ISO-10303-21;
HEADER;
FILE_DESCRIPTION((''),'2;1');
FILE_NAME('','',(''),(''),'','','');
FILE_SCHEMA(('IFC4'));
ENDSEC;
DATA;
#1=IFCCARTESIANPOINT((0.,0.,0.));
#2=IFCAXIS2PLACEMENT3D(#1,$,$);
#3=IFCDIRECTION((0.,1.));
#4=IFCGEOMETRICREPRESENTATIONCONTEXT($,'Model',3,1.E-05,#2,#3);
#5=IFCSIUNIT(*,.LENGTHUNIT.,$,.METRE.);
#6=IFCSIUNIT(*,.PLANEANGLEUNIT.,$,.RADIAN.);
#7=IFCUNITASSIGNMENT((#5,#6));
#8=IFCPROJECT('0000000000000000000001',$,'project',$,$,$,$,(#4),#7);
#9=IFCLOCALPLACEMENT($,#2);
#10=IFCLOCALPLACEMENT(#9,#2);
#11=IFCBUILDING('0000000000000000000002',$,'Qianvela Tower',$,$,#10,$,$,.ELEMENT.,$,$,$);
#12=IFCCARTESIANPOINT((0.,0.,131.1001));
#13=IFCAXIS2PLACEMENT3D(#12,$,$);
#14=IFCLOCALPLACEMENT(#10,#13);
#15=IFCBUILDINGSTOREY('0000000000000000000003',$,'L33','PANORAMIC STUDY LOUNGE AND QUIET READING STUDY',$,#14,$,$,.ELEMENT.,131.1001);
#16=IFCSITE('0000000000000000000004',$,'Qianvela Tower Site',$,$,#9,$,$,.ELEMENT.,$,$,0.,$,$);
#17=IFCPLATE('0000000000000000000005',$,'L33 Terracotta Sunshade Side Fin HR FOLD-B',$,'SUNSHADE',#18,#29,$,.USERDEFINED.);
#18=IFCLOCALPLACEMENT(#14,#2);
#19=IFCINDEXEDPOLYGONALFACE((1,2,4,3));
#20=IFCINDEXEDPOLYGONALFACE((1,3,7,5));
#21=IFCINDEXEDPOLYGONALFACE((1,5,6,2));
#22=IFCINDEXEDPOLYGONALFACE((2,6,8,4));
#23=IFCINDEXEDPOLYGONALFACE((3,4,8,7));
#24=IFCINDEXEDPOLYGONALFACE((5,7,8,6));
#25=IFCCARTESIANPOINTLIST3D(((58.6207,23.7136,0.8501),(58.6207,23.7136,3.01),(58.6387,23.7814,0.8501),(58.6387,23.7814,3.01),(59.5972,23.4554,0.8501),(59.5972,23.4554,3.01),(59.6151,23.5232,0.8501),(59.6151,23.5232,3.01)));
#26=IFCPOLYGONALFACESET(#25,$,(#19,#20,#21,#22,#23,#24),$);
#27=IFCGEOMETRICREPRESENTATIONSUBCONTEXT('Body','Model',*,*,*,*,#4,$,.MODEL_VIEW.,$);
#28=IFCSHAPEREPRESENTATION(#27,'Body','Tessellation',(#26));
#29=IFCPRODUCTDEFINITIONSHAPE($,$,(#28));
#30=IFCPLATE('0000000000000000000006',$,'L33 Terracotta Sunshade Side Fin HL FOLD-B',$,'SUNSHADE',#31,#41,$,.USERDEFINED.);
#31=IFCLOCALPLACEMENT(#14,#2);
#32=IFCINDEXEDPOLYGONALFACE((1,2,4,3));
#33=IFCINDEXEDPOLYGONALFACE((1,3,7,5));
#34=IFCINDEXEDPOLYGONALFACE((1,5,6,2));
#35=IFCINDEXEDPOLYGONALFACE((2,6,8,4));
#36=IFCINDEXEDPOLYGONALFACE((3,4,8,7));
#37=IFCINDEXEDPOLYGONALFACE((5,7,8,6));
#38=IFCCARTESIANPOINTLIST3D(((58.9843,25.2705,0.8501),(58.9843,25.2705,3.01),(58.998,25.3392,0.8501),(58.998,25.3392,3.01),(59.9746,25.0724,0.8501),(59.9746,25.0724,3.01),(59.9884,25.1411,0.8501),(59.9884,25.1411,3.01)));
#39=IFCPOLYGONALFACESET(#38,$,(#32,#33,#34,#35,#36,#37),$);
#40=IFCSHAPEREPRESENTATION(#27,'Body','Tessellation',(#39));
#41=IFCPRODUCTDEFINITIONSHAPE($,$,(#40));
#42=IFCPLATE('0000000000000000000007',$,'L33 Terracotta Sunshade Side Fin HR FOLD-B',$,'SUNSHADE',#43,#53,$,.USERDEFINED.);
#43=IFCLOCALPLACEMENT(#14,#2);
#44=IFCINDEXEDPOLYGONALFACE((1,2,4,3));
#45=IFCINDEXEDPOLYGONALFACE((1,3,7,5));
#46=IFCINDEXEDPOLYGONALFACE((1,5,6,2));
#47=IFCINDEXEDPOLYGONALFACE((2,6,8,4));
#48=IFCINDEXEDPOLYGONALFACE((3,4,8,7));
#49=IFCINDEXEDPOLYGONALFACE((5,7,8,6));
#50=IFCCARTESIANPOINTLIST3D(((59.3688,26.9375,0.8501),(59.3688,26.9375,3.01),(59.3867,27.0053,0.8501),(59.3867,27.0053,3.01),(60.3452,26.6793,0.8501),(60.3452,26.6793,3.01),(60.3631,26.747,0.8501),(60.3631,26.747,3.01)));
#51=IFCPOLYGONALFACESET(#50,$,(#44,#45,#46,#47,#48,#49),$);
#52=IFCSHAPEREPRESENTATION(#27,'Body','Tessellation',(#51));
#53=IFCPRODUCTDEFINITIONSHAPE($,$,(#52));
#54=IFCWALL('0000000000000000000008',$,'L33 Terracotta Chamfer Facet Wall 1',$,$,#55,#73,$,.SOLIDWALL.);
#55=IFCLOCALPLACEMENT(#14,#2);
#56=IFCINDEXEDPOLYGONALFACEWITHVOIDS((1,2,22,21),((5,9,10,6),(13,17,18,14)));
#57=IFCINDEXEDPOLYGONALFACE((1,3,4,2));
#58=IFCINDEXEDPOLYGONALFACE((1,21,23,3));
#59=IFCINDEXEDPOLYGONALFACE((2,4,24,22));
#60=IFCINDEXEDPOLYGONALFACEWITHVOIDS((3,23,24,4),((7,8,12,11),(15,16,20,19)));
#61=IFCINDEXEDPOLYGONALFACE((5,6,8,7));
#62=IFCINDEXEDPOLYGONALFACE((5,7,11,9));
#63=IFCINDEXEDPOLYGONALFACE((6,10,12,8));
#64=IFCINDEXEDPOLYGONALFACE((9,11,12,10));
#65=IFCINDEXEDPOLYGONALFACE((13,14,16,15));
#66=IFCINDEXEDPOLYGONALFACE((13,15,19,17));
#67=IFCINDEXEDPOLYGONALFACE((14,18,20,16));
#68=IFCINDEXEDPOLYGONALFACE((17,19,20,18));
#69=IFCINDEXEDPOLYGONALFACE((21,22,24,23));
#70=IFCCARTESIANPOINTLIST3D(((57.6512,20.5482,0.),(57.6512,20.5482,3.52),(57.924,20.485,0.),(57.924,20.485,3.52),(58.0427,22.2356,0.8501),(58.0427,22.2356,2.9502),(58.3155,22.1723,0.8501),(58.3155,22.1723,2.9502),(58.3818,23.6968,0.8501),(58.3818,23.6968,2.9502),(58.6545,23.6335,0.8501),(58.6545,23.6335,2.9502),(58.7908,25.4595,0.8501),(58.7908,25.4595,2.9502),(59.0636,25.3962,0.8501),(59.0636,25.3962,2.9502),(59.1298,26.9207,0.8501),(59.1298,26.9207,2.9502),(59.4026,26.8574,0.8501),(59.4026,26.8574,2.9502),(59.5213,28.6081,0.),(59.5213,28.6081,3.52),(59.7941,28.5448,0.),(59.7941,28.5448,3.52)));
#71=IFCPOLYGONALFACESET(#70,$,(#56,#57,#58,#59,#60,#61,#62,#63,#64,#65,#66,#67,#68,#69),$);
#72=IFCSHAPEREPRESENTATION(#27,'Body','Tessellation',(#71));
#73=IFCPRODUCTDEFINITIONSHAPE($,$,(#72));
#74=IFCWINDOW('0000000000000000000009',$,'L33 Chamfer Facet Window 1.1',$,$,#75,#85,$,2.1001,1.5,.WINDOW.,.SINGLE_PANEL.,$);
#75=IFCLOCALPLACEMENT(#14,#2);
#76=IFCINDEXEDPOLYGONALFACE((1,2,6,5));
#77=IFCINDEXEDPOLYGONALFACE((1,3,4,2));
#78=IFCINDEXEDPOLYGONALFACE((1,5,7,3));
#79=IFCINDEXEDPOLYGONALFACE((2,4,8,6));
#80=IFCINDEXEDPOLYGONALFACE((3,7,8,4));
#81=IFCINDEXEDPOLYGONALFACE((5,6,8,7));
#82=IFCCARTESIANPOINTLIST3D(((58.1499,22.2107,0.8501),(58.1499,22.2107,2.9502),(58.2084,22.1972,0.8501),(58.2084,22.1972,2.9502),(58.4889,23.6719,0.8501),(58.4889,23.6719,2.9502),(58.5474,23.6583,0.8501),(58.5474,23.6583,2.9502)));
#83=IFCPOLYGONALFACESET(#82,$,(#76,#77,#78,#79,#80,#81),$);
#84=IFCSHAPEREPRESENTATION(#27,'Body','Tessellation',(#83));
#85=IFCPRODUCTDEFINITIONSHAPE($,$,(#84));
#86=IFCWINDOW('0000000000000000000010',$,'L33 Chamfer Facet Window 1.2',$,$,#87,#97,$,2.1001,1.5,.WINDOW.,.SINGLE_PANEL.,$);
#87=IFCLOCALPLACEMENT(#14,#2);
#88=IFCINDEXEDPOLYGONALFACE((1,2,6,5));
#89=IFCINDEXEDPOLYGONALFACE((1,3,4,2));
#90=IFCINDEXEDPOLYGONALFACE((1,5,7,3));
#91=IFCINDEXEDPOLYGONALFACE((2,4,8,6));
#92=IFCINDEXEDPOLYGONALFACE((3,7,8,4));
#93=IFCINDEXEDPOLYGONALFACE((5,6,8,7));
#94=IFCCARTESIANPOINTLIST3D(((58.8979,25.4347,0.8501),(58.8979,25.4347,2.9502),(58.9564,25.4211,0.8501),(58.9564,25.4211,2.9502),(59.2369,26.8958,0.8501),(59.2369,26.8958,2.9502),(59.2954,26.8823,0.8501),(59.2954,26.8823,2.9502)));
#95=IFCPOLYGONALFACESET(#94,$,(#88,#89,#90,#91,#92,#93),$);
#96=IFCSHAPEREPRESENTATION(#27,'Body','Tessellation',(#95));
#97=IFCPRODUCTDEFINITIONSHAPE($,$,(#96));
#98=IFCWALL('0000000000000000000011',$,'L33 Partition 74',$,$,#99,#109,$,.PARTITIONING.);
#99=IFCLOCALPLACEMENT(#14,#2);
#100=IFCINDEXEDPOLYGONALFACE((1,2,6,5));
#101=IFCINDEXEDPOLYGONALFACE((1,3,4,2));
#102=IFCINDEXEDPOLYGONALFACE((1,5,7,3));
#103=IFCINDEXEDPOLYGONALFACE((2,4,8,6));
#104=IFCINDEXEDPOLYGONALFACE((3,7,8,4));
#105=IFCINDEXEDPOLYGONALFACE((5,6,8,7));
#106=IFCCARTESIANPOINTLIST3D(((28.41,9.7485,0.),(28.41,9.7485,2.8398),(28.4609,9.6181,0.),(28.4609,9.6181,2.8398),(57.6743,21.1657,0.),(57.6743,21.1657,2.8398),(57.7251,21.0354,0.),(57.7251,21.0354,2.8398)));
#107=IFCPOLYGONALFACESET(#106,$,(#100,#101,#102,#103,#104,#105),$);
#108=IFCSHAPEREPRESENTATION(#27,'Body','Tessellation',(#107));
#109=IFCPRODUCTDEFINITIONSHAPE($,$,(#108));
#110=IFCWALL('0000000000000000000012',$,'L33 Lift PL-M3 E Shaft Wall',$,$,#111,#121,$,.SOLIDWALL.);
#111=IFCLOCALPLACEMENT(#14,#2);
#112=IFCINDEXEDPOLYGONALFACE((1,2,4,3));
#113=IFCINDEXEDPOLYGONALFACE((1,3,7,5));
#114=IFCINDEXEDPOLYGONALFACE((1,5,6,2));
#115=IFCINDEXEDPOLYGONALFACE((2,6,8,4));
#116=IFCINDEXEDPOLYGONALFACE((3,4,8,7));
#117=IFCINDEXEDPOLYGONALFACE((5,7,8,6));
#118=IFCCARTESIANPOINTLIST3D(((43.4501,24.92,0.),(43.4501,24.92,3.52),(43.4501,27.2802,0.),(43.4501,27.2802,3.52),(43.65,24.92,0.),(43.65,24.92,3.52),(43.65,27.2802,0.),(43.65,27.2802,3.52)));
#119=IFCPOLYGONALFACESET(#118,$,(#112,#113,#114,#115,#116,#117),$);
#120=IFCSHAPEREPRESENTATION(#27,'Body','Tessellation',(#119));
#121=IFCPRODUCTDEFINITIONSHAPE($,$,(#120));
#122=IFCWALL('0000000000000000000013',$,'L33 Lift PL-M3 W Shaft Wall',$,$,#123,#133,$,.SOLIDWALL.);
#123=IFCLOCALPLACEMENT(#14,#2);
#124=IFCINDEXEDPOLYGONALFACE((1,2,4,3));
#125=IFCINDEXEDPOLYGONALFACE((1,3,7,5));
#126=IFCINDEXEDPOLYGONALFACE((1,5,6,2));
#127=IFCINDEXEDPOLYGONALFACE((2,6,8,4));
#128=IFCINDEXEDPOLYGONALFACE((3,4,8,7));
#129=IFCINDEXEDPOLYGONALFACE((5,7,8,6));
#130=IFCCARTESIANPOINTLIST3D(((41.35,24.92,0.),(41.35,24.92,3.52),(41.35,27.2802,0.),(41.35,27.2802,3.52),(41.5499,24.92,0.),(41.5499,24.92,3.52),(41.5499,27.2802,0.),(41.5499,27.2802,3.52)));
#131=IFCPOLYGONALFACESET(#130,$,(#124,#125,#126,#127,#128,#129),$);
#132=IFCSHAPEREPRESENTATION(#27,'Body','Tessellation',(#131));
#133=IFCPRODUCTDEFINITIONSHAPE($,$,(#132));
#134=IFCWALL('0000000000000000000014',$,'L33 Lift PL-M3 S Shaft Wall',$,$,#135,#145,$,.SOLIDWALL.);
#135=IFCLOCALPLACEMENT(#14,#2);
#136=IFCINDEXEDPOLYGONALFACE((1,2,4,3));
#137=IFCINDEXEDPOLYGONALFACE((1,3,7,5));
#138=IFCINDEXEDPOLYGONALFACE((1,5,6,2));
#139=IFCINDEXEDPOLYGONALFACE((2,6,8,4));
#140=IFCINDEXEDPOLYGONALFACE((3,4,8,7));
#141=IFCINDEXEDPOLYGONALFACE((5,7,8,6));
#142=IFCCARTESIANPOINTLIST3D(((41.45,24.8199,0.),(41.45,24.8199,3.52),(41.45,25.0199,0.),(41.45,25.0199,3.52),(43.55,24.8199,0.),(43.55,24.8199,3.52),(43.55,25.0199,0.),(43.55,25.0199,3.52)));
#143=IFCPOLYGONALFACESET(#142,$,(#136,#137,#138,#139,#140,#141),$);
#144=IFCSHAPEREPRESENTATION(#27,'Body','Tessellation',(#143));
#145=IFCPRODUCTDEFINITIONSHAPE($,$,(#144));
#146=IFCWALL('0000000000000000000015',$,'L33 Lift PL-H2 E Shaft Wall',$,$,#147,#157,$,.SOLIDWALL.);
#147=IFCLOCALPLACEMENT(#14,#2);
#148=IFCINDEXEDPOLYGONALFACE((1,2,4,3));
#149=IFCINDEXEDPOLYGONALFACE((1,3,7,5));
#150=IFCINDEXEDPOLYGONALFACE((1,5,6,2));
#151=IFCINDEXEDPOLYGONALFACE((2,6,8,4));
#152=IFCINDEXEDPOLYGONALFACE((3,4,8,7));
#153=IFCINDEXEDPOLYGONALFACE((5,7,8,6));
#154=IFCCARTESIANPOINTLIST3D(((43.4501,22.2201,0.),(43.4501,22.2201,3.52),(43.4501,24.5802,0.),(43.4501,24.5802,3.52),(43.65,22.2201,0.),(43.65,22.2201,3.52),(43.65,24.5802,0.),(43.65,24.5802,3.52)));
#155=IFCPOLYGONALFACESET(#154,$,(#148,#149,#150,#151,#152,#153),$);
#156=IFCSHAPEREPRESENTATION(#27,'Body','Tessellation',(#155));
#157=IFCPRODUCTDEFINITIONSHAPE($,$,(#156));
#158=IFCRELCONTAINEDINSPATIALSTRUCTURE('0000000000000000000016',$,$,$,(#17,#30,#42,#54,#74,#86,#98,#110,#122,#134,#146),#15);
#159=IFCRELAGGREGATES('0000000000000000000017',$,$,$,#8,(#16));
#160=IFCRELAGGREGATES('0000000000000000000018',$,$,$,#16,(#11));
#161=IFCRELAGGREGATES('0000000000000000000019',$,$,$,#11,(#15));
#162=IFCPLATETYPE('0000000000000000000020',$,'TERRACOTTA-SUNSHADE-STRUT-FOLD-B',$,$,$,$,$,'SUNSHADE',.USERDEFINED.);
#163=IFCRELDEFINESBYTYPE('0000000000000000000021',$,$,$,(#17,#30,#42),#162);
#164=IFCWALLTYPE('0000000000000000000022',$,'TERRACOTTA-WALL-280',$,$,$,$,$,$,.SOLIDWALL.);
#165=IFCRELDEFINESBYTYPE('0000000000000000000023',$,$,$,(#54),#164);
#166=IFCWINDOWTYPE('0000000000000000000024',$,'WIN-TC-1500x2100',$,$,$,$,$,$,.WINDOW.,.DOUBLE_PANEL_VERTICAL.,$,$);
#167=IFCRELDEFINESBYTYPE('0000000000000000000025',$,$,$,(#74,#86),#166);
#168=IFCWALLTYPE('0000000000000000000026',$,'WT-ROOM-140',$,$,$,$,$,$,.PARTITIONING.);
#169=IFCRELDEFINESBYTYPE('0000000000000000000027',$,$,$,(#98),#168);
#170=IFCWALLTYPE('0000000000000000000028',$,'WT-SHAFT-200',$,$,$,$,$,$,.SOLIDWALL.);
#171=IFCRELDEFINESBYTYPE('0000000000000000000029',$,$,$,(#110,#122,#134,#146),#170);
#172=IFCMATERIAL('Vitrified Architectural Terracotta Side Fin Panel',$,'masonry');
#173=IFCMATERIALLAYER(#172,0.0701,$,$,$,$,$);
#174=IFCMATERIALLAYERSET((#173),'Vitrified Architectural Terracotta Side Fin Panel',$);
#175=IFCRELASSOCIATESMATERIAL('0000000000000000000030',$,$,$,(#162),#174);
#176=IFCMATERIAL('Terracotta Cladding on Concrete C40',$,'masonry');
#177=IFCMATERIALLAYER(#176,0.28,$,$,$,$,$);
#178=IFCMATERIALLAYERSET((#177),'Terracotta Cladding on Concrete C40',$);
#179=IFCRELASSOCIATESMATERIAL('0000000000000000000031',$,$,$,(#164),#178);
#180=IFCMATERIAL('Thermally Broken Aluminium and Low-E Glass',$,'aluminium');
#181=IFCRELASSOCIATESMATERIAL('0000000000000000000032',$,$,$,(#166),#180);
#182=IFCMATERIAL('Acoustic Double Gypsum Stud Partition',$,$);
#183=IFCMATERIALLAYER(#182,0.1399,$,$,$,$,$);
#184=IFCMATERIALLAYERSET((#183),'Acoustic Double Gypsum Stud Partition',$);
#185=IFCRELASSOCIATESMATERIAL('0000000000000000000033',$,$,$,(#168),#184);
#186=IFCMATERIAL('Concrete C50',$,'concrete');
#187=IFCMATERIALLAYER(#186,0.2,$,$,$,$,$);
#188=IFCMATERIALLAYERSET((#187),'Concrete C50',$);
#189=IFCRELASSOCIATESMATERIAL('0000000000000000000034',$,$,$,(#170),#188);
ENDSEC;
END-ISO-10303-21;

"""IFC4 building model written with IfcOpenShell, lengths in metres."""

from ifc_helpers import new_model, si_unit, direction, frame, frame_2d, origin, origin_2d, place, context, subcontext, project, spatial, rectangle, extrude, material, layer, layer_set, type_object, element, fill, save


model = new_model("IFC4")

# Units and contexts
model_context = context("Model", 3, precision=1e-05, world=origin(), true_north=direction((0.0, 1.0)))
body_context = subcontext(model_context, "Body", "Model", "MODEL_VIEW")
ifc_project = project(units=[si_unit("LENGTHUNIT", "METRE"), si_unit("PLANEANGLEUNIT", "RADIAN")], contexts=[model_context])

# Site, building, storey
site_placement = place(None, origin())
site = spatial("IfcSite", under=ifc_project, at=site_placement, Name="Qianvela Tower Site", CompositionType="ELEMENT", RefElevation=0.0)
building_placement = place(site_placement, origin())
building = spatial("IfcBuilding", under=site, at=building_placement, Name="Qianvela Tower", CompositionType="ELEMENT")
storey_placement = place(building_placement, frame((0.0, 0.0, 131.1001)))
storey = spatial("IfcBuildingStorey", under=building, at=storey_placement, Name="L33", Description="PANORAMIC STUDY LOUNGE AND QUIET READING STUDY", CompositionType="ELEMENT", Elevation=131.1001)

# Plates
ifc_material_1 = material(Name="Vitrified Architectural Terracotta Side Fin Panel", Category="masonry")
ifc_layer_1 = layer(ifc_material_1, 0.0701)
ifc_layer_set_1 = layer_set([ifc_layer_1], Name="Vitrified Architectural Terracotta Side Fin Panel")
plate_type_1 = type_object("IfcPlateType", Name="TERRACOTTA-SUNSHADE-STRUT-FOLD-B", ElementType="SUNSHADE", PredefinedType="USERDEFINED", material=ifc_layer_set_1)
for number, where, z_axis, x_axis, name in (
    (1, (59.1179, 23.6184, 0.8501), (0.0, 0.0, 1.0), (0.255663, 0.966766, 0.0), "L33 Terracotta Sunshade Side Fin HR FOLD-B"),
    (2, (59.4863, 25.2058, 0.8501), (0.0, 0.0, 1.0), (0.196167, 0.980571, 0.0), "L33 Terracotta Sunshade Side Fin HL FOLD-B"),
    (3, (59.866, 26.8423, 0.8501), (0.0, 0.0, 1.0), (0.255663, 0.966766, 0.0), "L33 Terracotta Sunshade Side Fin HR FOLD-B"),
):
    element("IfcPlate", number, at=place(storey_placement, frame(where, z_axis=z_axis, x_axis=x_axis)), inside=storey, type_object=plate_type_1, Name=name, ObjectType="SUNSHADE", PredefinedType="USERDEFINED", context=body_context, shape_type="SweptSolid", body=[
        extrude(rectangle(XDim=0.0701, YDim=1.01, at=origin_2d()), origin(), (0.0, 0.0, 1.0), 2.1599),
    ])

# Wall, openings, windows
ifc_material_2 = material(Name="Terracotta Cladding on Concrete C40", Category="masonry")
ifc_layer_2 = layer(ifc_material_2, 0.28)
ifc_layer_set_2 = layer_set([ifc_layer_2], Name="Terracotta Cladding on Concrete C40")
wall_type_1 = type_object("IfcWallType", Name="TERRACOTTA-WALL-280", PredefinedType="SOLIDWALL", material=ifc_layer_set_2)
wall_1_placement = place(storey_placement, frame((57.7876, 20.5166, 0.0), z_axis=(0.0, 0.0, 1.0), x_axis=(0.226025, 0.974121, 0.0)))
wall_1 = element("IfcWall", 4, at=wall_1_placement, inside=storey, type_object=wall_type_1, Name="L33 Terracotta Chamfer Facet Wall 1", PredefinedType="SOLIDWALL", context=body_context, shape_type="SweptSolid", body=[
    extrude(rectangle(XDim=8.2739, YDim=0.28, at=frame_2d((4.137, 0.0))), origin(), (0.0, 0.0, 1.0), 3.52),
])
opening_1_placement = place(wall_1_placement, frame((1.7322, 0.0, 0.8501)))
opening_1 = element("IfcOpeningElement", 5, at=opening_1_placement, cuts=wall_1, PredefinedType="OPENING", context=body_context, shape_type="SweptSolid", body=[
    extrude(rectangle(XDim=1.5, YDim=2.1001, at=frame_2d((0.75, 1.05))), frame((0.0, 0.1499, 0.0), z_axis=(0.0, -1.0, 0.0), x_axis=(1.0, 0.0, 0.0)), (0.0, 0.0, 1.0), 0.3),
])
opening_2_placement = place(wall_1_placement, frame((5.0417, 0.0, 0.8501)))
opening_2 = element("IfcOpeningElement", 6, at=opening_2_placement, cuts=wall_1, PredefinedType="OPENING", context=body_context, shape_type="SweptSolid", body=[
    extrude(rectangle(XDim=1.5, YDim=2.1001, at=frame_2d((0.75, 1.05))), frame((0.0, 0.1499, 0.0), z_axis=(0.0, -1.0, 0.0), x_axis=(1.0, 0.0, 0.0)), (0.0, 0.0, 1.0), 0.3),
])
ifc_material_3 = material(Name="Thermally Broken Aluminium and Low-E Glass", Category="aluminium")
window_type = type_object("IfcWindowType", Name="WIN-TC-1500x2100", PartitioningType="DOUBLE_PANEL_VERTICAL", PredefinedType="WINDOW", material=ifc_material_3)
window_1_placement = place(opening_1_placement, origin())
window_1 = element("IfcWindow", 7, at=window_1_placement, inside=storey, type_object=window_type, Name="L33 Chamfer Facet Window 1.1", OverallHeight=2.1001, OverallWidth=1.5, PartitioningType="SINGLE_PANEL", PredefinedType="WINDOW", context=body_context, shape_type="SweptSolid", body=[
    extrude(rectangle(XDim=1.5, YDim=2.1001, at=frame_2d((0.75, 1.05))), frame((0.0, 0.03, 0.0), z_axis=(0.0, -1.0, 0.0), x_axis=(1.0, 0.0, 0.0)), (0.0, 0.0, 1.0), 0.0601),
])
fill(opening_1, window_1)
window_2_placement = place(opening_2_placement, origin())
window_2 = element("IfcWindow", 8, at=window_2_placement, inside=storey, type_object=window_type, Name="L33 Chamfer Facet Window 1.2", OverallHeight=2.1001, OverallWidth=1.5, PartitioningType="SINGLE_PANEL", PredefinedType="WINDOW", context=body_context, shape_type="SweptSolid", body=[
    extrude(rectangle(XDim=1.5, YDim=2.1001, at=frame_2d((0.75, 1.05))), frame((0.0, 0.03, 0.0), z_axis=(0.0, -1.0, 0.0), x_axis=(1.0, 0.0, 0.0)), (0.0, 0.0, 1.0), 0.0601),
])
fill(opening_2, window_2)

# Walls
ifc_material_4 = material(Name="Acoustic Double Gypsum Stud Partition")
ifc_layer_3 = layer(ifc_material_4, 0.1399)
ifc_layer_set_3 = layer_set([ifc_layer_3], Name="Acoustic Double Gypsum Stud Partition")
wall_type_2 = type_object("IfcWallType", Name="WT-ROOM-140", PredefinedType="PARTITIONING", material=ifc_layer_set_3)
wall_2_placement = place(storey_placement, frame((57.6997, 21.1006, 0.0), z_axis=(0.0, 0.0, 1.0), x_axis=(-0.931609, -0.363462, 0.0)))
element("IfcWall", 9, at=wall_2_placement, inside=storey, type_object=wall_type_2, Name="L33 Partition 74", PredefinedType="PARTITIONING", context=body_context, shape_type="SweptSolid", body=[
    extrude(rectangle(XDim=31.4126, YDim=0.1399, at=frame_2d((15.7063, 0.0))), origin(), (0.0, 0.0, 1.0), 2.8398),
])
ifc_material_5 = material(Name="Concrete C50", Category="concrete")
ifc_layer_4 = layer(ifc_material_5, 0.2)
ifc_layer_set_4 = layer_set([ifc_layer_4], Name="Concrete C50")
wall_type_3 = type_object("IfcWallType", Name="WT-SHAFT-200", PredefinedType="SOLIDWALL", material=ifc_layer_set_4)
for number, where, z_axis, x_axis, name in (
    (10, (43.55, 24.9199, 0.0), (0.0, 0.0, 1.0), (0.0, 1.0, 0.0), "L33 Lift PL-M3 E Shaft Wall"),
    (11, (41.45, 24.9199, 0.0), (0.0, 0.0, 1.0), (0.0, 1.0, 0.0), "L33 Lift PL-M3 W Shaft Wall"),
):
    element("IfcWall", number, at=place(storey_placement, frame(where, z_axis=z_axis, x_axis=x_axis)), inside=storey, type_object=wall_type_3, Name=name, PredefinedType="SOLIDWALL", context=body_context, shape_type="SweptSolid", body=[
        extrude(rectangle(XDim=2.3601, YDim=0.2, at=frame_2d((1.1802, 0.0))), origin(), (0.0, 0.0, 1.0), 3.52),
    ])
wall_3_placement = place(storey_placement, frame((41.45, 24.9199, 0.0), z_axis=(0.0, 0.0, 1.0), x_axis=(1.0, 0.0, 0.0)))
element("IfcWall", 12, at=wall_3_placement, inside=storey, type_object=wall_type_3, Name="L33 Lift PL-M3 S Shaft Wall", PredefinedType="SOLIDWALL", context=body_context, shape_type="SweptSolid", body=[
    extrude(rectangle(XDim=2.1001, YDim=0.2, at=frame_2d((1.05, 0.0))), origin(), (0.0, 0.0, 1.0), 3.52),
])
wall_4_placement = place(storey_placement, frame((43.55, 22.22, 0.0), z_axis=(0.0, 0.0, 1.0), x_axis=(0.0, 1.0, 0.0)))
element("IfcWall", 13, at=wall_4_placement, inside=storey, type_object=wall_type_3, Name="L33 Lift PL-H2 E Shaft Wall", PredefinedType="SOLIDWALL", context=body_context, shape_type="SweptSolid", body=[
    extrude(rectangle(XDim=2.3601, YDim=0.2, at=frame_2d((1.1802, 0.0))), origin(), (0.0, 0.0, 1.0), 3.52),
])

save(model, "model.ifc")
